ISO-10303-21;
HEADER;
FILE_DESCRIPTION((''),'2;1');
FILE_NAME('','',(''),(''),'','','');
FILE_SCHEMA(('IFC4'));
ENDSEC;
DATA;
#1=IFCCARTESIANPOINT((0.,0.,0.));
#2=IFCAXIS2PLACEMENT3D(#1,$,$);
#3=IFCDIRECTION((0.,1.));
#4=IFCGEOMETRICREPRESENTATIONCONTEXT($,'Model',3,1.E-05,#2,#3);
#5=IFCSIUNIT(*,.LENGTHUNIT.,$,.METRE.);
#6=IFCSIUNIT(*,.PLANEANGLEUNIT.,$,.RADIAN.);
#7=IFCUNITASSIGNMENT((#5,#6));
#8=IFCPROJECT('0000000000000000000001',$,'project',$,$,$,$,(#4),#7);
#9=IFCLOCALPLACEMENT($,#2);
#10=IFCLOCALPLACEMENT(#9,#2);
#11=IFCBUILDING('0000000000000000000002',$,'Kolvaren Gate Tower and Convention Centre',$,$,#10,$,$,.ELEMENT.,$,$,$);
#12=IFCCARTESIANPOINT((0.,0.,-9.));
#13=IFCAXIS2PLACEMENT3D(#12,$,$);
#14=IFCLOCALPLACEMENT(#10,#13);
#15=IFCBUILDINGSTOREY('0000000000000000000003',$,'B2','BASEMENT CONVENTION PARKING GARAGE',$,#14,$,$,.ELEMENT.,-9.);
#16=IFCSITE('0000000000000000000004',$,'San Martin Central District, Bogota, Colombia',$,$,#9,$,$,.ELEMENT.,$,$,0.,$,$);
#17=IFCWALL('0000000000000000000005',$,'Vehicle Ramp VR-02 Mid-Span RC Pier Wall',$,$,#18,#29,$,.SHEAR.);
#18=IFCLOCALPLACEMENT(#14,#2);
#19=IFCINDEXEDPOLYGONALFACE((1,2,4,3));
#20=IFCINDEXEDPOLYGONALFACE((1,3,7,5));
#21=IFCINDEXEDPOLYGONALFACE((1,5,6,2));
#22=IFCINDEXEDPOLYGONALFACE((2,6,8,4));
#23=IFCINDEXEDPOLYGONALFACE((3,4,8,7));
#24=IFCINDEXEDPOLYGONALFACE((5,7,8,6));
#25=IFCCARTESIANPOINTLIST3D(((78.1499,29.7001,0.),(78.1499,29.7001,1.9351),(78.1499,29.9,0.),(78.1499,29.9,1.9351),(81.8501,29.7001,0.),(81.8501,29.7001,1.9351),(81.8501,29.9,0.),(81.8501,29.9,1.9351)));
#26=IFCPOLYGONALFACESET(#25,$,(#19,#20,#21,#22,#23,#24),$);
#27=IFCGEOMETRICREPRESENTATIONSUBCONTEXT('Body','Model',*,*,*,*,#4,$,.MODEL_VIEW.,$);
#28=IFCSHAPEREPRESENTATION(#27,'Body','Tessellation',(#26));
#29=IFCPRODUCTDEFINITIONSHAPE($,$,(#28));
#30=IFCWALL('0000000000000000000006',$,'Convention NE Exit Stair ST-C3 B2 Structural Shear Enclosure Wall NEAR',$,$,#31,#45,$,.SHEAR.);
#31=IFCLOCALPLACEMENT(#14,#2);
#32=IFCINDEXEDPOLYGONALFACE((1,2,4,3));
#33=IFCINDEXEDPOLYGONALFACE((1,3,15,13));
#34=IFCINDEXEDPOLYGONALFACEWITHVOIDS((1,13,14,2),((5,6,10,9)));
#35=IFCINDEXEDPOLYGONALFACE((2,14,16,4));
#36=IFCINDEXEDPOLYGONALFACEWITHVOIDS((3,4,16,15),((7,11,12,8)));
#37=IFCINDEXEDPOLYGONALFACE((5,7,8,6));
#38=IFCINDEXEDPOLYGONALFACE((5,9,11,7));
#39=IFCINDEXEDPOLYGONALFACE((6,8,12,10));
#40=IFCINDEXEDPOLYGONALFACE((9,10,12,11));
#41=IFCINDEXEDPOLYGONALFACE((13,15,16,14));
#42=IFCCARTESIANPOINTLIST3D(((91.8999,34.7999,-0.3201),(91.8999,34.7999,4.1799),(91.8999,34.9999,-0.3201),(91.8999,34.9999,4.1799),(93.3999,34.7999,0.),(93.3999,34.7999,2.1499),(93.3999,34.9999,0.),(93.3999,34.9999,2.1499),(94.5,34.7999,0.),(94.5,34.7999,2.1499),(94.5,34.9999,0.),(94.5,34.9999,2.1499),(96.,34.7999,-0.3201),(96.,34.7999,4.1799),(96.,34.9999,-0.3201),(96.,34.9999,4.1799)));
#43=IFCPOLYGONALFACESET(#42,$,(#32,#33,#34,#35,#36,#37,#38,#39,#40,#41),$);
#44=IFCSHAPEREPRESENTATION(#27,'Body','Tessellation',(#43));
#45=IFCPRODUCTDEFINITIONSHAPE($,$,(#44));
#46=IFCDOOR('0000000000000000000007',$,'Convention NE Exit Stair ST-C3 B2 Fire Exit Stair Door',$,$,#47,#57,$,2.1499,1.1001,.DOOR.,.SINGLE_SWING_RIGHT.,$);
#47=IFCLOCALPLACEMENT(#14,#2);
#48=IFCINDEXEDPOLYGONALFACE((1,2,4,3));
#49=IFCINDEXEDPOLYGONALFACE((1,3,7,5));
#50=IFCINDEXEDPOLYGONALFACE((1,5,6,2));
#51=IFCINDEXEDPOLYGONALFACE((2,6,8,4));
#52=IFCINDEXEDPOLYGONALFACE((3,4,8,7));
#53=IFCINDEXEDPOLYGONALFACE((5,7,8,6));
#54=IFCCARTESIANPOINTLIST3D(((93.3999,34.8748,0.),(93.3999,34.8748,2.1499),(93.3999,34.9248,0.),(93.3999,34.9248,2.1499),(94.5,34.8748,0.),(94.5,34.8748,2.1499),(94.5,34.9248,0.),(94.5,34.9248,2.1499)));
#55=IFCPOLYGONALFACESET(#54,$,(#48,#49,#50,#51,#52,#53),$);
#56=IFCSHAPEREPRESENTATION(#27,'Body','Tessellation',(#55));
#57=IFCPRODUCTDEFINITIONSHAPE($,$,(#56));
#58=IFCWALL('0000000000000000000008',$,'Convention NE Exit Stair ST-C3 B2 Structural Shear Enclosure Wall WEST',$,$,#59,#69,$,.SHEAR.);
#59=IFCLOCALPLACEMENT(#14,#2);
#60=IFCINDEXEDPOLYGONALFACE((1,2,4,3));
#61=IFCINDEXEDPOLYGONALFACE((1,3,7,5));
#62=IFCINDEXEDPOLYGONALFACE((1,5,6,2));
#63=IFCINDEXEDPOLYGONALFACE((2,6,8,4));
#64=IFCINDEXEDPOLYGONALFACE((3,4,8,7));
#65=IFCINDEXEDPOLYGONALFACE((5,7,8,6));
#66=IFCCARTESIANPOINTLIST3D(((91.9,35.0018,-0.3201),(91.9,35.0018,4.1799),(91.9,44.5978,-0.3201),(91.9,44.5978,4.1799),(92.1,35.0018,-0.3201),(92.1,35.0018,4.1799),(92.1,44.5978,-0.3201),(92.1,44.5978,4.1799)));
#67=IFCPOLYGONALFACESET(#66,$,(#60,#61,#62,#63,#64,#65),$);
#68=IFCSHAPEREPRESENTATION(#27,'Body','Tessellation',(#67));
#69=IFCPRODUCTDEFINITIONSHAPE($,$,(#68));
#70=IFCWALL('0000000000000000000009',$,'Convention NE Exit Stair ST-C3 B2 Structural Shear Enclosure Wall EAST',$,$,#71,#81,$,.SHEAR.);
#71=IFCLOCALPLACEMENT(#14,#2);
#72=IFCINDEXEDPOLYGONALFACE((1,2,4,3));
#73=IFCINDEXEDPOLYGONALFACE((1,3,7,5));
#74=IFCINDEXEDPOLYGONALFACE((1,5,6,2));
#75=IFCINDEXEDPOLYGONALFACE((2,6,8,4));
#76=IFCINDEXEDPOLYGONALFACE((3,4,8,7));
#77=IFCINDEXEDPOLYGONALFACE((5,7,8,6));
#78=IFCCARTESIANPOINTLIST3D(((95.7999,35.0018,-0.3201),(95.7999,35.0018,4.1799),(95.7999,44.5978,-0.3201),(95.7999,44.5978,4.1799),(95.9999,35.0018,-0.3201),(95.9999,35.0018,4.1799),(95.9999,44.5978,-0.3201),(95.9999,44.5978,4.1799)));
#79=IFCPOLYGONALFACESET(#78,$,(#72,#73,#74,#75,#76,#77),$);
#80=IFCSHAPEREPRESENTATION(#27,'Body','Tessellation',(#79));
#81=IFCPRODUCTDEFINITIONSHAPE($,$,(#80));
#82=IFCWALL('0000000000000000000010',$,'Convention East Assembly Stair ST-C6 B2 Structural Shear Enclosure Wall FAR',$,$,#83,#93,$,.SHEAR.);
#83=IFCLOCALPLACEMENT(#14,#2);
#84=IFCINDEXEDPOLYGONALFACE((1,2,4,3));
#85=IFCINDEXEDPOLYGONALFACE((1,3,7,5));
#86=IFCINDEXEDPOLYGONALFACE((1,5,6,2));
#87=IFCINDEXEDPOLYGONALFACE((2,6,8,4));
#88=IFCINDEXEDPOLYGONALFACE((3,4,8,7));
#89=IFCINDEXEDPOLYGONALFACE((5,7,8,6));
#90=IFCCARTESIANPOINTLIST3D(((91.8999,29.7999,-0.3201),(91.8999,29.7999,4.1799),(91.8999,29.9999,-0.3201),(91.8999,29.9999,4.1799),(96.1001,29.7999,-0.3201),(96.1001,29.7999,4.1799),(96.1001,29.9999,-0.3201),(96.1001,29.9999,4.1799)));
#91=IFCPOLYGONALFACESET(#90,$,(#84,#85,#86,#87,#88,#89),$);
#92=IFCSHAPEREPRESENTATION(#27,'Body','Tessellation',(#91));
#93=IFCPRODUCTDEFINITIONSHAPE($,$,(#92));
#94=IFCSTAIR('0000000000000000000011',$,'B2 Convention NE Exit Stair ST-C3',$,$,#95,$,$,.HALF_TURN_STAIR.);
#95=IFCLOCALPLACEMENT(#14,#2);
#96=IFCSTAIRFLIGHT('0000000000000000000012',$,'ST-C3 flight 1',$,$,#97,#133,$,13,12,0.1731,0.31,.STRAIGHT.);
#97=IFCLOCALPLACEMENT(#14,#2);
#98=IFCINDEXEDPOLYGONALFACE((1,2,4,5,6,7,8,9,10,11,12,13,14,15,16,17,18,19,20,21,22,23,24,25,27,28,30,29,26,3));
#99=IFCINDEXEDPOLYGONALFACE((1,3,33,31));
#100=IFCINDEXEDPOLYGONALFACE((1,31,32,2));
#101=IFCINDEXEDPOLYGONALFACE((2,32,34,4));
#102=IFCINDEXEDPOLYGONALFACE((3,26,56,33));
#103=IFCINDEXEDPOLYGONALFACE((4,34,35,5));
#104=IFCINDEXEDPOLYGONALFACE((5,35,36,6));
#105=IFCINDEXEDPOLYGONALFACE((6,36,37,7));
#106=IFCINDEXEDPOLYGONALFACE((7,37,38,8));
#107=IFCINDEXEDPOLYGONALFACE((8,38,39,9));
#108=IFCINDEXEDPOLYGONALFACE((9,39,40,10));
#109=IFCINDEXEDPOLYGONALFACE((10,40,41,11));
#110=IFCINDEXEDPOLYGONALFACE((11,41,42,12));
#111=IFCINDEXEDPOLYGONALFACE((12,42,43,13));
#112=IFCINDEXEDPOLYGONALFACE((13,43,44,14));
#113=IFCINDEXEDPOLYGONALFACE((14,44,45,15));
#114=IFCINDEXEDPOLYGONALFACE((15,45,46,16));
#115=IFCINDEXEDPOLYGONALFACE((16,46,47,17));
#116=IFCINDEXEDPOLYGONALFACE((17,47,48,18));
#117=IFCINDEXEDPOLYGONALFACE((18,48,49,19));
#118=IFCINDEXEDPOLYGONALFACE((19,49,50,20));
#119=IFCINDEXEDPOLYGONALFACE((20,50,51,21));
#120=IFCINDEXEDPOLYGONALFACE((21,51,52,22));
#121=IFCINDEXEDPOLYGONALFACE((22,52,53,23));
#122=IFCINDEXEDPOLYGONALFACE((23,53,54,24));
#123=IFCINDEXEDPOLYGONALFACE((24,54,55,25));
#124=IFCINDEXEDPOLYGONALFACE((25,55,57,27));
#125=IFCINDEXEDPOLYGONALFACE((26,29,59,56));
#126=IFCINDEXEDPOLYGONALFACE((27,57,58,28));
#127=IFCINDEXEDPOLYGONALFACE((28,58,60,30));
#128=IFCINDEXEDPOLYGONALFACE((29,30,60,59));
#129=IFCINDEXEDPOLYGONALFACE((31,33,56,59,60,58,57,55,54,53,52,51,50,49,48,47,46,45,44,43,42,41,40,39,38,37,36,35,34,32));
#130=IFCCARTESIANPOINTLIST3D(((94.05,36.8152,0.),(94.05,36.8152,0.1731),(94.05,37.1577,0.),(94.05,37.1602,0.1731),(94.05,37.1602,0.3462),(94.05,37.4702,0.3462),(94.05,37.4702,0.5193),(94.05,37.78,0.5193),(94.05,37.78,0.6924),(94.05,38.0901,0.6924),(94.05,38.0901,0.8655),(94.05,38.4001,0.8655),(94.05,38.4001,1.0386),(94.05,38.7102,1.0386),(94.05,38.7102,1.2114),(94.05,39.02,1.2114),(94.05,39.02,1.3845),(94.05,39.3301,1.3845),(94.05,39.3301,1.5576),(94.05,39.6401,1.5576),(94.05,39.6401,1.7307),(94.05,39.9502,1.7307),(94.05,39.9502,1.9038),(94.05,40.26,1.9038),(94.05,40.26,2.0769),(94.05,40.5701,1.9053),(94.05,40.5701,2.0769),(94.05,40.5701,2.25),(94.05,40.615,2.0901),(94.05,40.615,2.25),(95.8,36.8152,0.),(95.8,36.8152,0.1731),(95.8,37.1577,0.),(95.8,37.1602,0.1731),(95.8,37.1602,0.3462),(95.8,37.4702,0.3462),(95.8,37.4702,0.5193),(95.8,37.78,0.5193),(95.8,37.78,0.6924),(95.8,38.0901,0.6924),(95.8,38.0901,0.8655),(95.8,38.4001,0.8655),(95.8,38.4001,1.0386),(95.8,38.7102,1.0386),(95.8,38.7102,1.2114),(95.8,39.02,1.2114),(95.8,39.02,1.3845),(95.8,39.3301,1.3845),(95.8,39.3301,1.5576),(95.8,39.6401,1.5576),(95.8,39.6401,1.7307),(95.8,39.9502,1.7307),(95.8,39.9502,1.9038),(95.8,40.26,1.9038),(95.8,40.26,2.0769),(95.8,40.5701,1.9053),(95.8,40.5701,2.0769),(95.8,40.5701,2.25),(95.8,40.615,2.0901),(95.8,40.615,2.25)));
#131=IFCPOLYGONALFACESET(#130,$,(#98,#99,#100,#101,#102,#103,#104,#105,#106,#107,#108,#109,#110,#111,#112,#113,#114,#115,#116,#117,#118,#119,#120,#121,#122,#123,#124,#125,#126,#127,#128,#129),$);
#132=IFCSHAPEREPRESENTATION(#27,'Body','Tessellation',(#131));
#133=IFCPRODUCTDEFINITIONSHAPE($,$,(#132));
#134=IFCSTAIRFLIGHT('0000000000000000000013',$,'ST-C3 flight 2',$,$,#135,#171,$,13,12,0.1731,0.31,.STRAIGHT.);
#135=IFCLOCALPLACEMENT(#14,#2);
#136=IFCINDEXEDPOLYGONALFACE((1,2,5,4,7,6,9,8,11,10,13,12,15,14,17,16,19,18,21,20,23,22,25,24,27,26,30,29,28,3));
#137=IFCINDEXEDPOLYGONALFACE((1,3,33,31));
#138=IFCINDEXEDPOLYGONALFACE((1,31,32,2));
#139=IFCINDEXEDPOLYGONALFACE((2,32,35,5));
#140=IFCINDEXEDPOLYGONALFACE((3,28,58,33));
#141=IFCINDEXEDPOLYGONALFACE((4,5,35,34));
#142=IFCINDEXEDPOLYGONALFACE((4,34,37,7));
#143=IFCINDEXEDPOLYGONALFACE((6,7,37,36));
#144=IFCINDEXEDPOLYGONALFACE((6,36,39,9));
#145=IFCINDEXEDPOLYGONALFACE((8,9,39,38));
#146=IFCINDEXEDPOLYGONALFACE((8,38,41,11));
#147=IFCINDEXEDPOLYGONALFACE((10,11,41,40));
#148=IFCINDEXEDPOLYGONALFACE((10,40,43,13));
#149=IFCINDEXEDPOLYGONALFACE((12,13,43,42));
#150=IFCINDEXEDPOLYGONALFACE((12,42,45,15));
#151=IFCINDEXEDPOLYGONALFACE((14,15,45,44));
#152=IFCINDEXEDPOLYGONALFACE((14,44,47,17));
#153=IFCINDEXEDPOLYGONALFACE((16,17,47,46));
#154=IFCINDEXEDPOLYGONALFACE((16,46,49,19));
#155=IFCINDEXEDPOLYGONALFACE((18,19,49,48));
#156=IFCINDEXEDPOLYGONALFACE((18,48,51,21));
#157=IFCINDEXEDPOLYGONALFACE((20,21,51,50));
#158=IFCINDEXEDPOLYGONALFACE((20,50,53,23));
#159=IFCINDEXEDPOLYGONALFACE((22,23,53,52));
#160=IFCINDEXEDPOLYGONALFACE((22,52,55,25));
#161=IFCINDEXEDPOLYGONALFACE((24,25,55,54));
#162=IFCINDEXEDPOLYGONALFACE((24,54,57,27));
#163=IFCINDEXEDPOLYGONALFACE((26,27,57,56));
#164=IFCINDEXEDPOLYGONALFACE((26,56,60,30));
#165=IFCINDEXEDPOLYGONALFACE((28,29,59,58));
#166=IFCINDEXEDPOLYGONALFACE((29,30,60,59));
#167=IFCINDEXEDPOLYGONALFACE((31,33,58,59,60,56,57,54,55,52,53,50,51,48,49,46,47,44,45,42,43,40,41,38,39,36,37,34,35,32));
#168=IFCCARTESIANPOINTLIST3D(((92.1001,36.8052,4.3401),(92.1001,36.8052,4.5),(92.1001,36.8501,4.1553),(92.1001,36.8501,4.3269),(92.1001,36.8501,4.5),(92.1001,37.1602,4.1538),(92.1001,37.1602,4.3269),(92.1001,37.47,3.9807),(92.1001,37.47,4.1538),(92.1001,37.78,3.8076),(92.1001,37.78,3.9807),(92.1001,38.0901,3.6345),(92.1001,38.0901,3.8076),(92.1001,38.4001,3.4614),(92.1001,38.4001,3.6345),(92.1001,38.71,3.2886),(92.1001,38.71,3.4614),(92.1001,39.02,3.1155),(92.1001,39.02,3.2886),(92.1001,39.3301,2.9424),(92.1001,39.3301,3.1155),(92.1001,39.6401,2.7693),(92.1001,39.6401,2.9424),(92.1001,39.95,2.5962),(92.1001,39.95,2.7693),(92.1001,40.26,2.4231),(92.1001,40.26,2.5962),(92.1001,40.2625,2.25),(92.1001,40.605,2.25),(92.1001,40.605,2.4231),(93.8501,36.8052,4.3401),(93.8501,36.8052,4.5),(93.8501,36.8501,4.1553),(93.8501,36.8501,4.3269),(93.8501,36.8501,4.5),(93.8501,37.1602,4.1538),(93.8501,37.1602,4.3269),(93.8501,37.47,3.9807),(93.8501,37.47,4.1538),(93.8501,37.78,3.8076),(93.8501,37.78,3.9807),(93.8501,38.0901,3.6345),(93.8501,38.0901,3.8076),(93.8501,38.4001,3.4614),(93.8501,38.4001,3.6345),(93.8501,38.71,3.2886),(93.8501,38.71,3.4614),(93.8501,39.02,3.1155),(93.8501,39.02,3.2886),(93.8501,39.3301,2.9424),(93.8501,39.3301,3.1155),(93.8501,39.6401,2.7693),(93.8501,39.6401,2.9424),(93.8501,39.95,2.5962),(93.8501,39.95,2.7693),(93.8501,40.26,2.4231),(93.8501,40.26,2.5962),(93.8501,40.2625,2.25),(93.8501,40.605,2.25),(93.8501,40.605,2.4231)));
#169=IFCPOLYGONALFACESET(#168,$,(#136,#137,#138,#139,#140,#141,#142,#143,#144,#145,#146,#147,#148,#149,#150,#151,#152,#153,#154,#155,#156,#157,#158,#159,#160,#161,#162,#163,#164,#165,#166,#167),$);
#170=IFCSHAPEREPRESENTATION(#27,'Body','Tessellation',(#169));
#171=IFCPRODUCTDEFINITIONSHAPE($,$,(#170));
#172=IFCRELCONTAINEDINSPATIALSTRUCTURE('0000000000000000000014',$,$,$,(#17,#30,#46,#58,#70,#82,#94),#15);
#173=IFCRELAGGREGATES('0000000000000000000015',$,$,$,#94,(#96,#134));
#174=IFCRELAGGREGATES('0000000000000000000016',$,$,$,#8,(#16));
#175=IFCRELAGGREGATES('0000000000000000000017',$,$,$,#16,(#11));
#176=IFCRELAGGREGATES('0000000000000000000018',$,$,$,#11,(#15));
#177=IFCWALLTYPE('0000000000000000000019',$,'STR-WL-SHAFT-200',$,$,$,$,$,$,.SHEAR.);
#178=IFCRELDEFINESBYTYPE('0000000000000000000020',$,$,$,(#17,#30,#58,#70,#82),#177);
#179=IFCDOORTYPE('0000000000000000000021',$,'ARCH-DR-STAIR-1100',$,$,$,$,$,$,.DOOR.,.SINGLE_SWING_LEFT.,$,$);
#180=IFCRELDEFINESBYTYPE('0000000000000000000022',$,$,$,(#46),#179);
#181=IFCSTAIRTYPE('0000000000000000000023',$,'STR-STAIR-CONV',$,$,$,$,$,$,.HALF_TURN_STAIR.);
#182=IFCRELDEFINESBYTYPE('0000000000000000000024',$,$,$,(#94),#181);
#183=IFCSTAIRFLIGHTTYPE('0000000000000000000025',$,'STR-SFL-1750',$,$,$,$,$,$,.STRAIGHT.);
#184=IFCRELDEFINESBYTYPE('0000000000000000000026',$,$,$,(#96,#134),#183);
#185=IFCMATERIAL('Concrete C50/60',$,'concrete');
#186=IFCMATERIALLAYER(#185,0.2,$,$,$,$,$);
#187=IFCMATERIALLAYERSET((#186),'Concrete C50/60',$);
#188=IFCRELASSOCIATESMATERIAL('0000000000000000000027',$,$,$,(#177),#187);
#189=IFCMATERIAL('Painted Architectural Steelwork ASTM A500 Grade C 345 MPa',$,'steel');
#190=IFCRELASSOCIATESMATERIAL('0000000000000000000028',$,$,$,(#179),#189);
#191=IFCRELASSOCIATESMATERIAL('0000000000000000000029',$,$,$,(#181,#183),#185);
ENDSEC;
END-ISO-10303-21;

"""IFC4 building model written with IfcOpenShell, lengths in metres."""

from ifc_helpers import new_model, si_unit, direction, frame, frame_2d, origin, place, context, subcontext, project, spatial, polyline, rectangle, outline, extrude, material, layer, layer_set, type_object, element, fill, aggregate, save


model = new_model("IFC4")

# Units and contexts
model_context = context("Model", 3, precision=1e-05, world=origin(), true_north=direction((0.0, 1.0)))
body_context = subcontext(model_context, "Body", "Model", "MODEL_VIEW")
ifc_project = project(units=[si_unit("LENGTHUNIT", "METRE"), si_unit("PLANEANGLEUNIT", "RADIAN")], contexts=[model_context])

# Site, building, storey
site_placement = place(None, origin())
site = spatial("IfcSite", under=ifc_project, at=site_placement, Name="San Martin Central District, Bogota, Colombia", CompositionType="ELEMENT", RefElevation=0.0)
building_placement = place(site_placement, origin())
building = spatial("IfcBuilding", under=site, at=building_placement, Name="Kolvaren Gate Tower and Convention Centre", CompositionType="ELEMENT")
storey_placement = place(building_placement, frame((0.0, 0.0, -9.0)))
storey = spatial("IfcBuildingStorey", under=building, at=storey_placement, Name="B2", Description="BASEMENT CONVENTION PARKING GARAGE", CompositionType="ELEMENT", Elevation=-9.0)

# Wall
ifc_material_1 = material(Name="Concrete C50/60", Category="concrete")
ifc_layer = layer(ifc_material_1, 0.2)
ifc_layer_set = layer_set([ifc_layer], Name="Concrete C50/60")
wall_type = type_object("IfcWallType", Name="STR-WL-SHAFT-200", PredefinedType="SHEAR", material=ifc_layer_set)
wall_1_placement = place(storey_placement, frame((78.1499, 29.8, 0.0), z_axis=(0.0, 0.0, 1.0), x_axis=(1.0, 0.0, 0.0)))
element("IfcWall", 1, at=wall_1_placement, inside=storey, type_object=wall_type, Name="Vehicle Ramp VR-02 Mid-Span RC Pier Wall", PredefinedType="SHEAR", context=body_context, shape_type="SweptSolid", body=[
    extrude(rectangle(XDim=3.7002, YDim=0.2, at=frame_2d((1.8501, 0.0))), origin(), (0.0, 0.0, 1.0), 1.9351),
])

# Wall, opening, door
wall_2_placement = place(storey_placement, frame((91.8999, 34.8999, -0.3201), z_axis=(0.0, 0.0, 1.0), x_axis=(1.0, 0.0, 0.0)))
wall_2 = element("IfcWall", 2, at=wall_2_placement, inside=storey, type_object=wall_type, Name="Convention NE Exit Stair ST-C3 B2 Structural Shear Enclosure Wall NEAR", PredefinedType="SHEAR", context=body_context, shape_type="SweptSolid", body=[
    extrude(rectangle(XDim=4.1001, YDim=0.2, at=frame_2d((2.05, 0.0))), origin(), (0.0, 0.0, 1.0), 4.5),
])
opening_placement = place(wall_2_placement, frame((1.5, 0.0, 0.3201)))
opening = element("IfcOpeningElement", 3, at=opening_placement, cuts=wall_2, PredefinedType="OPENING", context=body_context, shape_type="SweptSolid", body=[
    extrude(rectangle(XDim=1.1001, YDim=2.1499, at=frame_2d((0.55, 1.075))), frame((0.0, 0.1099, 0.0), z_axis=(0.0, -1.0, 0.0), x_axis=(1.0, 0.0, 0.0)), (0.0, 0.0, 1.0), 0.22),
])
ifc_material_2 = material(Name="Painted Architectural Steelwork ASTM A500 Grade C 345 MPa", Category="steel")
door_type = type_object("IfcDoorType", Name="ARCH-DR-STAIR-1100", OperationType="SINGLE_SWING_LEFT", PredefinedType="DOOR", material=ifc_material_2)
door_placement = place(opening_placement, origin())
door = element("IfcDoor", 4, at=door_placement, inside=storey, type_object=door_type, Name="Convention NE Exit Stair ST-C3 B2 Fire Exit Stair Door", OperationType="SINGLE_SWING_RIGHT", OverallHeight=2.1499, OverallWidth=1.1001, PredefinedType="DOOR", context=body_context, shape_type="SweptSolid", body=[
    extrude(rectangle(XDim=1.1001, YDim=2.1499, at=frame_2d((0.55, 1.075))), frame((0.0, 0.0249, 0.0), z_axis=(0.0, -1.0, 0.0), x_axis=(1.0, 0.0, 0.0)), (0.0, 0.0, 1.0), 0.05),
])
fill(opening, door)

# Walls
for number, where, z_axis, x_axis, name in (
    (5, (92.0, 35.002, -0.3201), (0.0, 0.0, 1.0), (0.0, 1.0, 0.0), "Convention NE Exit Stair ST-C3 B2 Structural Shear Enclosure Wall WEST"),
    (6, (95.8999, 35.002, -0.3201), (0.0, 0.0, 1.0), (0.0, 1.0, 0.0), "Convention NE Exit Stair ST-C3 B2 Structural Shear Enclosure Wall EAST"),
):
    element("IfcWall", number, at=place(storey_placement, frame(where, z_axis=z_axis, x_axis=x_axis)), inside=storey, type_object=wall_type, Name=name, PredefinedType="SHEAR", context=body_context, shape_type="SweptSolid", body=[
        extrude(rectangle(XDim=9.5959, YDim=0.2, at=frame_2d((4.7979, 0.0))), origin(), (0.0, 0.0, 1.0), 4.5),
    ])
wall_3_placement = place(storey_placement, frame((91.8999, 29.8999, -0.3201), z_axis=(0.0, 0.0, 1.0), x_axis=(1.0, 0.0, 0.0)))
element("IfcWall", 7, at=wall_3_placement, inside=storey, type_object=wall_type, Name="Convention East Assembly Stair ST-C6 B2 Structural Shear Enclosure Wall FAR", PredefinedType="SHEAR", context=body_context, shape_type="SweptSolid", body=[
    extrude(rectangle(XDim=4.2002, YDim=0.2, at=frame_2d((2.1001, 0.0))), origin(), (0.0, 0.0, 1.0), 4.5),
])

# Stair, stair flights
stair_type = type_object("IfcStairType", Name="STR-STAIR-CONV", PredefinedType="HALF_TURN_STAIR", material=ifc_material_1)
stair_1_placement = place(storey_placement, origin())
stair_1 = element("IfcStair", 8, at=stair_1_placement, inside=storey, type_object=stair_type, Name="B2 Convention NE Exit Stair ST-C3", PredefinedType="HALF_TURN_STAIR")
stair_flight_type = type_object("IfcStairFlightType", Name="STR-SFL-1750", PredefinedType="STRAIGHT", material=ifc_material_1)
stair_flight_1_placement = place(storey_placement, frame((94.925, 36.8501, 0.0), z_axis=(0.0, 0.0, 1.0), x_axis=(0.0, 1.0, 0.0)))
stair_flight_1 = element("IfcStairFlight", 9, at=stair_flight_1_placement, type_object=stair_flight_type, Name="ST-C3 flight 1", NumberOfRisers=13, NumberOfTreads=12, PredefinedType="STRAIGHT", RiserHeight=0.1731, TreadLength=0.31, context=body_context, shape_type="SweptSolid", body=[
    extrude(outline(polyline([(-0.0349, 0.0), (-0.0349, 0.1731), (0.3101, 0.1731), (0.3101, 0.3462), (0.6201, 0.3462), (0.6201, 0.5193), (0.9299, 0.5193), (0.9299, 0.6924), (1.24, 0.6924), (1.24, 0.8655), (1.55, 0.8655), (1.55, 1.0386), (1.8601, 1.0386), (1.8601, 1.2114), (2.1699, 1.2114), (2.1699, 1.3845), (2.48, 1.3845), (2.48, 1.5576), (2.79, 1.5576), (2.79, 1.7307), (3.1001, 1.7307), (3.1001, 1.9038), (3.4099, 1.9038), (3.4099, 2.0769), (3.72, 2.0769), (3.72, 2.25), (3.7649, 2.25), (3.7649, 2.0901), (3.72, 1.9053), (0.3076, 0.0), (-0.0349, 0.0)])), frame((0.0, 0.875, 0.0), z_axis=(0.0, -1.0, 0.0), x_axis=(1.0, 0.0, 0.0)), (0.0, 0.0, 1.0), 1.75),
])
stair_flight_2_placement = place(storey_placement, frame((92.9751, 40.5701, 2.25), z_axis=(0.0, 0.0, 1.0), x_axis=(0.0, -1.0, 0.0)))
stair_flight_2 = element("IfcStairFlight", 10, at=stair_flight_2_placement, type_object=stair_flight_type, Name="ST-C3 flight 2", NumberOfRisers=13, NumberOfTreads=12, PredefinedType="STRAIGHT", RiserHeight=0.1731, TreadLength=0.31, context=body_context, shape_type="SweptSolid", body=[
    extrude(outline(polyline([(-0.0349, 0.0), (-0.0349, 0.1731), (0.3101, 0.1731), (0.3101, 0.3462), (0.6201, 0.3462), (0.6201, 0.5193), (0.9299, 0.5193), (0.9299, 0.6924), (1.24, 0.6924), (1.24, 0.8655), (1.55, 0.8655), (1.55, 1.0386), (1.8601, 1.0386), (1.8601, 1.2114), (2.1699, 1.2114), (2.1699, 1.3845), (2.48, 1.3845), (2.48, 1.5576), (2.79, 1.5576), (2.79, 1.7307), (3.1001, 1.7307), (3.1001, 1.9038), (3.4099, 1.9038), (3.4099, 2.0769), (3.72, 2.0769), (3.72, 2.25), (3.7649, 2.25), (3.7649, 2.0901), (3.72, 1.9053), (0.3076, 0.0), (-0.0349, 0.0)])), frame((0.0, 0.875, 0.0), z_axis=(0.0, -1.0, 0.0), x_axis=(1.0, 0.0, 0.0)), (0.0, 0.0, 1.0), 1.75),
])
aggregate(stair_1, [stair_flight_1, stair_flight_2])

save(model, "model.ifc")
